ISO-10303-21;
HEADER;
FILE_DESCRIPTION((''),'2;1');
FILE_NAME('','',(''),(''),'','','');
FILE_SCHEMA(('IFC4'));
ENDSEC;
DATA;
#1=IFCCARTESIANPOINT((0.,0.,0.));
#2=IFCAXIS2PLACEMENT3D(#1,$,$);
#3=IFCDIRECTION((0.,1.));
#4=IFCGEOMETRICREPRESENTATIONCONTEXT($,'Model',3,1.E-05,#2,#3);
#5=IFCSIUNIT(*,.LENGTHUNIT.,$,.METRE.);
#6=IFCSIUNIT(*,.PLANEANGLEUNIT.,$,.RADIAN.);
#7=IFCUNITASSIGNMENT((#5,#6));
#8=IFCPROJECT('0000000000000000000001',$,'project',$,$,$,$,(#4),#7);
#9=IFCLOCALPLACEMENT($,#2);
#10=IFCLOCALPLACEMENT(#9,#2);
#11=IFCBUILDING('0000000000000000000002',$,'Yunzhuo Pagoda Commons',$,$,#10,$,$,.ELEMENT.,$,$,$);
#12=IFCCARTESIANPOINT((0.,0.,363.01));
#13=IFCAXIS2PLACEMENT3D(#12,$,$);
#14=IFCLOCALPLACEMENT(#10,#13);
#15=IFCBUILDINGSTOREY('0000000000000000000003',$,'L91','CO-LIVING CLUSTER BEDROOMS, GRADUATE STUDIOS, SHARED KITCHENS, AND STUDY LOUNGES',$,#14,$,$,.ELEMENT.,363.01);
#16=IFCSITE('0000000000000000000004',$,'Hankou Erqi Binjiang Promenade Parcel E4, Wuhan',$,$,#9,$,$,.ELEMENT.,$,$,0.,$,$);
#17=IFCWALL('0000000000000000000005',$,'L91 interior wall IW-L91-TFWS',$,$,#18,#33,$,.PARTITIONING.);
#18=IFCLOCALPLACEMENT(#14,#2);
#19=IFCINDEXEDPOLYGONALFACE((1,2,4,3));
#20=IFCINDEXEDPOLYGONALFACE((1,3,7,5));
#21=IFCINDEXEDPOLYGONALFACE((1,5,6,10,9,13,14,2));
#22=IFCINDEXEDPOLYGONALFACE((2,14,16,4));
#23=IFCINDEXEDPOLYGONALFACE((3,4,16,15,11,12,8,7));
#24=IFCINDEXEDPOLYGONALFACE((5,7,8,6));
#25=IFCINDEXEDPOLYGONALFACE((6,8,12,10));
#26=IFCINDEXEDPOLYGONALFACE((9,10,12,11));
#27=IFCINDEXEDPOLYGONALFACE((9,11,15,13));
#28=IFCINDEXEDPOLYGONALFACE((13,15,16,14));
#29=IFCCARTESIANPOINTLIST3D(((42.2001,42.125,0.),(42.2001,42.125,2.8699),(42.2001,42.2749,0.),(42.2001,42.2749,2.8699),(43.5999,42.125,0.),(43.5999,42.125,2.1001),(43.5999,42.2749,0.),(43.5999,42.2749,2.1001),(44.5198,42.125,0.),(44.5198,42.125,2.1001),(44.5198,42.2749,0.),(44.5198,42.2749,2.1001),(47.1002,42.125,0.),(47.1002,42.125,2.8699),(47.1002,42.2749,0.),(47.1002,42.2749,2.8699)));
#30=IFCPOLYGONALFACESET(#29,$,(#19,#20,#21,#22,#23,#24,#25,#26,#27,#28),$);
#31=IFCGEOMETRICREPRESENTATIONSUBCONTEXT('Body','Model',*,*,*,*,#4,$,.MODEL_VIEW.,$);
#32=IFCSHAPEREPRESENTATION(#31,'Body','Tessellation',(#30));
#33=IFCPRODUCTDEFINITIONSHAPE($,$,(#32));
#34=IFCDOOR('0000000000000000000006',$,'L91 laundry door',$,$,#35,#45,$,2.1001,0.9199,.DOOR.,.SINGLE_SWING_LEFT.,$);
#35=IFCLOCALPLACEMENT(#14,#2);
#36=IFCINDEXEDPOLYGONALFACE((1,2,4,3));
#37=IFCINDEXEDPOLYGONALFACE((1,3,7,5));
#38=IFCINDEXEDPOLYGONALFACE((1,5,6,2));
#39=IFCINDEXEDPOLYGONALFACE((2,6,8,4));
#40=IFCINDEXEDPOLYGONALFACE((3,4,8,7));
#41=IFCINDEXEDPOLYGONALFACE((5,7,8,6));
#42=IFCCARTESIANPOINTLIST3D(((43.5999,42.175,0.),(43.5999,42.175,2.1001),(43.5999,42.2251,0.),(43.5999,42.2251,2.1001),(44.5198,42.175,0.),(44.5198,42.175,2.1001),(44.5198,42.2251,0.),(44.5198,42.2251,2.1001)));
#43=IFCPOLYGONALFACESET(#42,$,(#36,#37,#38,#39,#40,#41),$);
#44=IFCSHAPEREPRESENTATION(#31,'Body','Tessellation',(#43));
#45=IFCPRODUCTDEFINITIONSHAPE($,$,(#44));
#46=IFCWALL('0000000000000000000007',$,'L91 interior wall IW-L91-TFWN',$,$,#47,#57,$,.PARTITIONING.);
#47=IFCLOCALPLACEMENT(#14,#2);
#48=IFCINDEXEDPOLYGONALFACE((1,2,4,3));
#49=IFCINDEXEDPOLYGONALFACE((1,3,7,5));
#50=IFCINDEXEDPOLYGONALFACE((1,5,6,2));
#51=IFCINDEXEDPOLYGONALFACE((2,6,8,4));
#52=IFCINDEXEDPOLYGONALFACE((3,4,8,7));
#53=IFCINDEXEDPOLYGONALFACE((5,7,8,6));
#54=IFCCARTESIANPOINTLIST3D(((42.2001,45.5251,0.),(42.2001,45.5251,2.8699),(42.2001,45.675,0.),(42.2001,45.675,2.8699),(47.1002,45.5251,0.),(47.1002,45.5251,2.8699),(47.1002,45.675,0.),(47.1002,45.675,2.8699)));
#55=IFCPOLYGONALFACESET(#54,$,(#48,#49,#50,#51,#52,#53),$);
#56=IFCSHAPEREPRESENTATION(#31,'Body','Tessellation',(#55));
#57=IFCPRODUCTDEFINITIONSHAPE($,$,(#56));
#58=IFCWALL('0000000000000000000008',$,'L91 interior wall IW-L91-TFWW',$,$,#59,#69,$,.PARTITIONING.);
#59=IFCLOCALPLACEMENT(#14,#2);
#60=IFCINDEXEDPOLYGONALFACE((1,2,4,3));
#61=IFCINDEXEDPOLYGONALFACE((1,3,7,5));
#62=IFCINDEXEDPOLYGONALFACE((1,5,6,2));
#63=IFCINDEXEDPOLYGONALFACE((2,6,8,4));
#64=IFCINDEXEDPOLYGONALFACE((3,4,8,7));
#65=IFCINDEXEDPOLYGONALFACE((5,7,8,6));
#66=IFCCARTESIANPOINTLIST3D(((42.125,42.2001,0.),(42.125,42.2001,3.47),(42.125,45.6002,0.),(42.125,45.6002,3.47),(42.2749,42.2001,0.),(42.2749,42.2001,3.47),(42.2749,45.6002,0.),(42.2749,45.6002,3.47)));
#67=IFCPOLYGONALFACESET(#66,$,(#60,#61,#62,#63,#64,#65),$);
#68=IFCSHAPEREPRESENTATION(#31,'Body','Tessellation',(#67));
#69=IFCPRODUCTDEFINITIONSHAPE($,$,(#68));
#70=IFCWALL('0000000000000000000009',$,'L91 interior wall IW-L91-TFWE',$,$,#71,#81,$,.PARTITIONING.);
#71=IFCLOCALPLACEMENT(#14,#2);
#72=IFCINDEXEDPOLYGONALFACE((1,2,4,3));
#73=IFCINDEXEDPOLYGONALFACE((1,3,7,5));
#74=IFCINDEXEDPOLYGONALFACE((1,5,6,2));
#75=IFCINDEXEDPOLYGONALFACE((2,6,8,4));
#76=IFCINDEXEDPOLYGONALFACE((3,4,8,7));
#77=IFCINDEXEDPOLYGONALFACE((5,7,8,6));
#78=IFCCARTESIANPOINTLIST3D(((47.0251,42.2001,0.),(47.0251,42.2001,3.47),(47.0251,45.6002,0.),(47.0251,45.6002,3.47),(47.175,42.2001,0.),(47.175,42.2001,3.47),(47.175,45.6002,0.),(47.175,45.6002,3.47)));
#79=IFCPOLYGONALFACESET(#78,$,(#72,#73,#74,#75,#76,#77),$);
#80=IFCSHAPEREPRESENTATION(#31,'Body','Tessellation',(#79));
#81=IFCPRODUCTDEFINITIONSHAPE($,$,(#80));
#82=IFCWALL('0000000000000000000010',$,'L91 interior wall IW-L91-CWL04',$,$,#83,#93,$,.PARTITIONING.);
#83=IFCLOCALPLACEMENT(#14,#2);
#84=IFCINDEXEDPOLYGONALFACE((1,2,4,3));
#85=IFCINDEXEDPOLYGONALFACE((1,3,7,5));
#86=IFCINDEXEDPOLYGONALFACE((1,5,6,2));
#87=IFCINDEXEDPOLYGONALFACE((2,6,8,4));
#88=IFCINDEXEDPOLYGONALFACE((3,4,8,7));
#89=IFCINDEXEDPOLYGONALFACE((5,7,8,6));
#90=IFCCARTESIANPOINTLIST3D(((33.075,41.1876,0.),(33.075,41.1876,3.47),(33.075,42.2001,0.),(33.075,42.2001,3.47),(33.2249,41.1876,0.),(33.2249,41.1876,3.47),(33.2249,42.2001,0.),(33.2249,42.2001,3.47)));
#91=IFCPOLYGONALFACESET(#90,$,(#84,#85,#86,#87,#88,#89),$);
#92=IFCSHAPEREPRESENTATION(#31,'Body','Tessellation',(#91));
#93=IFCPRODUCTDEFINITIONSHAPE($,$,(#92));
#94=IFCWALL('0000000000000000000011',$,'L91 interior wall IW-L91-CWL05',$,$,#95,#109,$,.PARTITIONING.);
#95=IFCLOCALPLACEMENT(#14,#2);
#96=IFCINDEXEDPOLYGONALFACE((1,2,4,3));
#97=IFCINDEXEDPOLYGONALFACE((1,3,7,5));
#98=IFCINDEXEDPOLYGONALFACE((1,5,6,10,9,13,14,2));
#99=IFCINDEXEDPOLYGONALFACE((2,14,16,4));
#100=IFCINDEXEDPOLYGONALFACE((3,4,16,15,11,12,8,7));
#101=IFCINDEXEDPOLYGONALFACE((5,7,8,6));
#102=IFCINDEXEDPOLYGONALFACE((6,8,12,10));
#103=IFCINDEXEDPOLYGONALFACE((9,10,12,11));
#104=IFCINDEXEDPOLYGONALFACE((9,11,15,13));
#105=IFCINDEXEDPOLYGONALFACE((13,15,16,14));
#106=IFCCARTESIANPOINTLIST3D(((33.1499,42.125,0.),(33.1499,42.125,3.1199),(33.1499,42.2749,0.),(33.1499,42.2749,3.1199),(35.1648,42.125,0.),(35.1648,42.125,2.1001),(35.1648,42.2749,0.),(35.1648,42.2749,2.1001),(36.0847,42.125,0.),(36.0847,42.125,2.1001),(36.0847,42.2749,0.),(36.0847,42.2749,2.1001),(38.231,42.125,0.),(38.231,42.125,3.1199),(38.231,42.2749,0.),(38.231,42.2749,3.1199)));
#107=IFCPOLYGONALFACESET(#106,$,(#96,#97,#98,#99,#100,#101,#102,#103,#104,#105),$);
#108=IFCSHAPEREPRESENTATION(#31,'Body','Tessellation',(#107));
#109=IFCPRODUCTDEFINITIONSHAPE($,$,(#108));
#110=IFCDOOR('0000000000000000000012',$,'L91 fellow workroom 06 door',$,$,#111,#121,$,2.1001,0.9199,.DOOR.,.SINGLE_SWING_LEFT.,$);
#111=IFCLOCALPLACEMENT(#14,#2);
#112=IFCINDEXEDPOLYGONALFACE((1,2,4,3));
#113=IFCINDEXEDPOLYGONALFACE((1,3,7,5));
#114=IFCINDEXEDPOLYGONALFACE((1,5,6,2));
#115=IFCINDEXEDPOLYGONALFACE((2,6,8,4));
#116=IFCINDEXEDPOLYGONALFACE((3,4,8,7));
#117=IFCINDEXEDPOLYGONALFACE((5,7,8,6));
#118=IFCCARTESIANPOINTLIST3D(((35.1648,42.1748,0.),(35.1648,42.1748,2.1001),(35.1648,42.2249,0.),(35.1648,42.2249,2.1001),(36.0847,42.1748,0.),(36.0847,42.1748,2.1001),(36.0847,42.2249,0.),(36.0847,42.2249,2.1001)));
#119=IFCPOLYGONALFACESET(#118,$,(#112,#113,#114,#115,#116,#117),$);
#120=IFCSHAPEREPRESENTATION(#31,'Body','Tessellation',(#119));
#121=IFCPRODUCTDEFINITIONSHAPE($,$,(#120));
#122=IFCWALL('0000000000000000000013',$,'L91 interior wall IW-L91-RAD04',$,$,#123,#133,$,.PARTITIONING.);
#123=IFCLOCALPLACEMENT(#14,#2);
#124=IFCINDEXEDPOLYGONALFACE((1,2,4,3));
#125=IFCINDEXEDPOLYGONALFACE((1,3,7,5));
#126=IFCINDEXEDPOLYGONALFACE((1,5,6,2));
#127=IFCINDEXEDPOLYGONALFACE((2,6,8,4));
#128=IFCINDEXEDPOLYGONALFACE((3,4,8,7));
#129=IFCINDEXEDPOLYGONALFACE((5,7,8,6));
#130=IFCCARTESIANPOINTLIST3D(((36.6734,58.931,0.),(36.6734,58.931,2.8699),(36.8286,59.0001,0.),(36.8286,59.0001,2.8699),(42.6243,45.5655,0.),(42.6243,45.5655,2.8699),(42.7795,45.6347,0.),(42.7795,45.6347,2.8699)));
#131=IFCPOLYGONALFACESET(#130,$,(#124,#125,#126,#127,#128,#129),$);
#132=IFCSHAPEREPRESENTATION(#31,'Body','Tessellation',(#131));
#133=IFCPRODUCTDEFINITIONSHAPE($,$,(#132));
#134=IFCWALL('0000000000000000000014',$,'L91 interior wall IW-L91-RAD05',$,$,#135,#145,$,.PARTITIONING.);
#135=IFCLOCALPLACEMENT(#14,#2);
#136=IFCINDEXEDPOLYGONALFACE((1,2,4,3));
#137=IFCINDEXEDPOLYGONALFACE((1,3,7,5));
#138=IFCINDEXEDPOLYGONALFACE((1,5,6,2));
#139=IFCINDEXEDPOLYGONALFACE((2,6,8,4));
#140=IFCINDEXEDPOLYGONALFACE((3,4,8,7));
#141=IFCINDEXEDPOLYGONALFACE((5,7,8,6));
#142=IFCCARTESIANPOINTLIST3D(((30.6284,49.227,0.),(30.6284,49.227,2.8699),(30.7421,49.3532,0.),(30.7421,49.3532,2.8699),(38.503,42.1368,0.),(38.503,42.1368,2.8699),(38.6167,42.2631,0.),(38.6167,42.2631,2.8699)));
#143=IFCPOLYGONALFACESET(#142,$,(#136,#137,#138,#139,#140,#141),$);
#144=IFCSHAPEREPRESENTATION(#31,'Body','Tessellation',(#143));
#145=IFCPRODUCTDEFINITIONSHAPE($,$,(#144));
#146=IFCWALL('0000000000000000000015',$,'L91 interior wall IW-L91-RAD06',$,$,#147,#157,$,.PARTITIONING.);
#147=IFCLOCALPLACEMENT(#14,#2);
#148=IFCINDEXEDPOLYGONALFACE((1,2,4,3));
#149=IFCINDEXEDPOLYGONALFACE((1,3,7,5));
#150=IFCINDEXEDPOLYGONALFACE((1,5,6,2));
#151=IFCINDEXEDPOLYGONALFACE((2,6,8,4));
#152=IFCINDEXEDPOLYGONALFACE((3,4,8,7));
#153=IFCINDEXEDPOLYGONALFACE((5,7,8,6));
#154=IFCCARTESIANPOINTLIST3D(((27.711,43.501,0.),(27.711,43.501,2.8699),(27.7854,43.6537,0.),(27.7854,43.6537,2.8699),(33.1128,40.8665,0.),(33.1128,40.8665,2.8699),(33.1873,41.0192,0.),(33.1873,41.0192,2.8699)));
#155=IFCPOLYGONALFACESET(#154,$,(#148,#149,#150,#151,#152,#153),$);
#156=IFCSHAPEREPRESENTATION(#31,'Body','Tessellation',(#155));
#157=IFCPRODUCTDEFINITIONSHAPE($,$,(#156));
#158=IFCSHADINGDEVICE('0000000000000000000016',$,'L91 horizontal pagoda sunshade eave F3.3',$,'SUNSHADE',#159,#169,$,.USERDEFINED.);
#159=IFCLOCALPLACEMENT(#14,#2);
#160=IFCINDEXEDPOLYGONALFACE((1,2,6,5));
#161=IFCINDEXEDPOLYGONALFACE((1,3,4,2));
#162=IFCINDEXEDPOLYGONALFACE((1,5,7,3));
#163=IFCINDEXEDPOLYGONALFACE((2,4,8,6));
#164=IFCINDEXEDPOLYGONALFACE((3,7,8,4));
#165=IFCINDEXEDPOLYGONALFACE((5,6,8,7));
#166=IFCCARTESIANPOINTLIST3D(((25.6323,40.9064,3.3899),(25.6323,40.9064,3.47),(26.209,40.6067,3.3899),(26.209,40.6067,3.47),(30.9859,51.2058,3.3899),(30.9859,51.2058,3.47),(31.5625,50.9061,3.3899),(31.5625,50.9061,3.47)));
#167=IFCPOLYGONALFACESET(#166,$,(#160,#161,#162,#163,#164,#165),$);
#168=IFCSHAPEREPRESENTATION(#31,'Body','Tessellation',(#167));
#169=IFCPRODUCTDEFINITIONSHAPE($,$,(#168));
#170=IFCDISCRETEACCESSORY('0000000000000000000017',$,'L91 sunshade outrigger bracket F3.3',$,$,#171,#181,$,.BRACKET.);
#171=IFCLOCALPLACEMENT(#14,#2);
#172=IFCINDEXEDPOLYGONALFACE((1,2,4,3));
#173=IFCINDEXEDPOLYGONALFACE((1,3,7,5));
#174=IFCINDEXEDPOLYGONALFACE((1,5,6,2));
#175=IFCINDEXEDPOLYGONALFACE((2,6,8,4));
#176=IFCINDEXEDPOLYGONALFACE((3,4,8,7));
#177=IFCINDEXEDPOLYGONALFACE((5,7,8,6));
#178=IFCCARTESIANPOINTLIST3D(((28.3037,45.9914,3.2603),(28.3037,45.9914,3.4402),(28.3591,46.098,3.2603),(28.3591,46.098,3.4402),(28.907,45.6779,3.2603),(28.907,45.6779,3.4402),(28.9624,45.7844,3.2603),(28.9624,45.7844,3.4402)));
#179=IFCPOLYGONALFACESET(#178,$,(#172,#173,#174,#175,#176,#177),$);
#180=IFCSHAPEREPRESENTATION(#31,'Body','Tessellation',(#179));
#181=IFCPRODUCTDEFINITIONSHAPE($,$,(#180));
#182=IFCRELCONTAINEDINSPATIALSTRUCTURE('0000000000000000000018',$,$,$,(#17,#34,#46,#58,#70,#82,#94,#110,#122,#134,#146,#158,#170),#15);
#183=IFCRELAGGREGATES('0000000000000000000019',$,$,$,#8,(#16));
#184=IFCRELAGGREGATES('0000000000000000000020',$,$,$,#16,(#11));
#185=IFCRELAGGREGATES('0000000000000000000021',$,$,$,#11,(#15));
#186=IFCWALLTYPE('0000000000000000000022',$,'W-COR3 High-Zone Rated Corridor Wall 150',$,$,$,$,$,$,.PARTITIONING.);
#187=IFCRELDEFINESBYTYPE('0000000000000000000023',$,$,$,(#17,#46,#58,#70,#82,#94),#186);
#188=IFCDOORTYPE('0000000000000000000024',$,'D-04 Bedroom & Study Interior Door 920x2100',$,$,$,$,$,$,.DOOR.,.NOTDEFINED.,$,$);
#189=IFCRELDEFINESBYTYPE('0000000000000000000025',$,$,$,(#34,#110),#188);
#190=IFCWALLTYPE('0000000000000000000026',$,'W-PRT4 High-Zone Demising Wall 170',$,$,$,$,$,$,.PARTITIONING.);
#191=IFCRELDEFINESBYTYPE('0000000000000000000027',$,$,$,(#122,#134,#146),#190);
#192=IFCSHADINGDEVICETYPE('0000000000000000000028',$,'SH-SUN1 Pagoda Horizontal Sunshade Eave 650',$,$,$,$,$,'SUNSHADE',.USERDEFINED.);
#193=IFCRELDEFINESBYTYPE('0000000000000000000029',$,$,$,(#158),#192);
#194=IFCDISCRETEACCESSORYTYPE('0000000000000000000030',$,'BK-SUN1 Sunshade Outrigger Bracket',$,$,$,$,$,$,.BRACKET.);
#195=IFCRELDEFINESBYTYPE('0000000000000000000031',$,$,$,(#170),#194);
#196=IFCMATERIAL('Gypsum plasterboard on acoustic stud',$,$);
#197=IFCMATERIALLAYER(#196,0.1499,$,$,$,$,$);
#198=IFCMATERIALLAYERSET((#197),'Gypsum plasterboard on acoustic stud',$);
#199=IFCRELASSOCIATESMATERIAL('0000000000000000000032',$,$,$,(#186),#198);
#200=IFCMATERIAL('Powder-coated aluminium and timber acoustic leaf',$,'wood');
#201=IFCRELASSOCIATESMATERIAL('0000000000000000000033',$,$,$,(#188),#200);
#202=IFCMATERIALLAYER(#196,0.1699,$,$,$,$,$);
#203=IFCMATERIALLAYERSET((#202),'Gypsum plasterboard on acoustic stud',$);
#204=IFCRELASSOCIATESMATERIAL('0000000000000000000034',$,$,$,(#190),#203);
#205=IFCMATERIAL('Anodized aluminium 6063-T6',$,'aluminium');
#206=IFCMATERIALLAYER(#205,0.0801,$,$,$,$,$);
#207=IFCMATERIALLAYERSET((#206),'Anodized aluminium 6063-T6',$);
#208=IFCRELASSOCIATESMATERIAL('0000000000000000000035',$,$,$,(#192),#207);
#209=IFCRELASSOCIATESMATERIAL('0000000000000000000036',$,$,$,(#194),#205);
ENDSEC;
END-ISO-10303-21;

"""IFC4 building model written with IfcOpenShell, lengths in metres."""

from ifc_helpers import new_model, si_unit, direction, frame, frame_2d, origin, origin_with_axes, origin_2d, place, context, subcontext, project, spatial, rectangle, extrude, source, transform, mapped, material, layer, layer_set, type_object, element, fill, save


model = new_model("IFC4")

# Units and contexts
model_context = context("Model", 3, precision=1e-05, world=origin(), true_north=direction((0.0, 1.0)))
body_context = subcontext(model_context, "Body", "Model", "MODEL_VIEW")
ifc_project = project(units=[si_unit("LENGTHUNIT", "METRE"), si_unit("PLANEANGLEUNIT", "RADIAN")], contexts=[model_context])

# Site, building, storey
site_placement = place(None, origin())
site = spatial("IfcSite", under=ifc_project, at=site_placement, Name="Hankou Erqi Binjiang Promenade Parcel E4, Wuhan", CompositionType="ELEMENT", RefElevation=0.0)
building_placement = place(site_placement, origin())
building = spatial("IfcBuilding", under=site, at=building_placement, Name="Yunzhuo Pagoda Commons", CompositionType="ELEMENT")
storey_placement = place(building_placement, frame((0.0, 0.0, 363.01)))
storey = spatial("IfcBuildingStorey", under=building, at=storey_placement, Name="L91", Description="CO-LIVING CLUSTER BEDROOMS, GRADUATE STUDIOS, SHARED KITCHENS, AND STUDY LOUNGES", CompositionType="ELEMENT", Elevation=363.01)

# Shared definitions
ifc_material_1 = material(Name="Anodized aluminium 6063-T6", Category="aluminium")

# Wall, opening, door
ifc_material_2 = material(Name="Gypsum plasterboard on acoustic stud")
ifc_layer_1 = layer(ifc_material_2, 0.1499)
ifc_layer_set_1 = layer_set([ifc_layer_1], Name="Gypsum plasterboard on acoustic stud")
wall_type_1 = type_object("IfcWallType", Name="W-COR3 High-Zone Rated Corridor Wall 150", PredefinedType="PARTITIONING", material=ifc_layer_set_1)
wall_1_placement = place(storey_placement, frame((42.2, 42.2, 0.0), z_axis=(0.0, 0.0, 1.0), x_axis=(1.0, 0.0, 0.0)))
wall_1 = element("IfcWall", 1, at=wall_1_placement, inside=storey, type_object=wall_type_1, Name="L91 interior wall IW-L91-TFWS", PredefinedType="PARTITIONING", context=body_context, shape_type="SweptSolid", body=[
    extrude(rectangle(XDim=4.9001, YDim=0.1499, at=frame_2d((2.4502, 0.0))), origin(), (0.0, 0.0, 1.0), 2.8699),
])
opening_1_placement = place(wall_1_placement, frame((1.3999, 0.0, 0.0)))
opening_1 = element("IfcOpeningElement", 2, at=opening_1_placement, cuts=wall_1, PredefinedType="OPENING", context=body_context, shape_type="SweptSolid", body=[
    extrude(rectangle(XDim=0.9199, YDim=2.1001, at=frame_2d((0.46, 1.05))), frame((0.0, 0.085, 0.0), z_axis=(0.0, -1.0, 0.0), x_axis=(1.0, 0.0, 0.0)), (0.0, 0.0, 1.0), 0.1699),
])
ifc_material_3 = material(Name="Powder-coated aluminium and timber acoustic leaf", Category="wood")
door_type_1 = type_object("IfcDoorType", Name="D-04 Bedroom & Study Interior Door 920x2100", OperationType="NOTDEFINED", PredefinedType="DOOR", material=ifc_material_3)
shared_shape_1 = source(origin(), body_context, "Body", "SweptSolid", [
    extrude(rectangle(XDim=0.9199, YDim=2.1001, at=frame_2d((0.46, 1.05))), frame((0.0, 0.0249, 0.0), z_axis=(0.0, -1.0, 0.0), x_axis=(1.0, 0.0, 0.0)), (0.0, 0.0, 1.0), 0.05),
])
door_1_placement = place(opening_1_placement, frame((0.9199, 0.0, 0.0), z_axis=(0.0, 0.0, 1.0), x_axis=(-1.0, 0.0, 0.0)))
door_1 = element("IfcDoor", 3, at=door_1_placement, inside=storey, type_object=door_type_1, Name="L91 laundry door", OperationType="SINGLE_SWING_LEFT", OverallHeight=2.1001, OverallWidth=0.9199, PredefinedType="DOOR", context=body_context, shape_type="MappedRepresentation", body=[
    mapped(shared_shape_1, transform((0.0, 0.0, 0.0), scale=1.0)),
])
fill(opening_1, door_1)

# Walls
wall_2_placement = place(storey_placement, frame((42.2, 45.6001, 0.0), z_axis=(0.0, 0.0, 1.0), x_axis=(1.0, 0.0, 0.0)))
element("IfcWall", 4, at=wall_2_placement, inside=storey, type_object=wall_type_1, Name="L91 interior wall IW-L91-TFWN", PredefinedType="PARTITIONING", context=body_context, shape_type="SweptSolid", body=[
    extrude(rectangle(XDim=4.9001, YDim=0.1499, at=frame_2d((2.4502, 0.0))), origin(), (0.0, 0.0, 1.0), 2.8699),
])
for number, where, z_axis, x_axis, name in (
    (5, (42.2, 42.2, 0.0), (0.0, 0.0, 1.0), (0.0, 1.0, 0.0), "L91 interior wall IW-L91-TFWW"),
    (6, (47.1001, 42.2, 0.0), (0.0, 0.0, 1.0), (0.0, 1.0, 0.0), "L91 interior wall IW-L91-TFWE"),
):
    element("IfcWall", number, at=place(storey_placement, frame(where, z_axis=z_axis, x_axis=x_axis)), inside=storey, type_object=wall_type_1, Name=name, PredefinedType="PARTITIONING", context=body_context, shape_type="SweptSolid", body=[
        extrude(rectangle(XDim=3.4001, YDim=0.1499, at=frame_2d((1.7002, 0.0))), origin(), (0.0, 0.0, 1.0), 3.47),
    ])
wall_3_placement = place(storey_placement, frame((33.1499, 41.1875, 0.0), z_axis=(0.0, 0.0, 1.0), x_axis=(0.0, 1.0, 0.0)))
element("IfcWall", 7, at=wall_3_placement, inside=storey, type_object=wall_type_1, Name="L91 interior wall IW-L91-CWL04", PredefinedType="PARTITIONING", context=body_context, shape_type="SweptSolid", body=[
    extrude(rectangle(XDim=1.0125, YDim=0.1499, at=frame_2d((0.5063, 0.0))), origin(), (0.0, 0.0, 1.0), 3.47),
])

# Wall, opening, door
wall_4_placement = place(storey_placement, frame((33.1499, 42.2, 0.0), z_axis=(0.0, 0.0, 1.0), x_axis=(1.0, 0.0, 0.0)))
wall_4 = element("IfcWall", 8, at=wall_4_placement, inside=storey, type_object=wall_type_1, Name="L91 interior wall IW-L91-CWL05", PredefinedType="PARTITIONING", context=body_context, shape_type="SweptSolid", body=[
    extrude(rectangle(XDim=5.0811, YDim=0.1499, at=frame_2d((2.5405, 0.0))), origin(), (0.0, 0.0, 1.0), 3.1199),
])
opening_2_placement = place(wall_4_placement, frame((2.0149, 0.0, 0.0)))
opening_2 = element("IfcOpeningElement", 9, at=opening_2_placement, cuts=wall_4, PredefinedType="OPENING", context=body_context, shape_type="SweptSolid", body=[
    extrude(rectangle(XDim=0.9199, YDim=2.1001, at=frame_2d((0.46, 1.05))), frame((0.0, 0.085, 0.0), z_axis=(0.0, -1.0, 0.0), x_axis=(1.0, 0.0, 0.0)), (0.0, 0.0, 1.0), 0.1699),
])
door_2_placement = place(opening_2_placement, origin_with_axes())
door_2 = element("IfcDoor", 10, at=door_2_placement, inside=storey, type_object=door_type_1, Name="L91 fellow workroom 06 door", OperationType="SINGLE_SWING_LEFT", OverallHeight=2.1001, OverallWidth=0.9199, PredefinedType="DOOR", context=body_context, shape_type="MappedRepresentation", body=[
    mapped(shared_shape_1, transform((0.0, 0.0, 0.0), scale=1.0)),
])
fill(opening_2, door_2)

# Walls
ifc_layer_2 = layer(ifc_material_2, 0.1699)
ifc_layer_set_2 = layer_set([ifc_layer_2], Name="Gypsum plasterboard on acoustic stud")
wall_type_2 = type_object("IfcWallType", Name="W-PRT4 High-Zone Demising Wall 170", PredefinedType="PARTITIONING", material=ifc_layer_set_2)
wall_5_placement = place(storey_placement, frame((42.7019, 45.6001, 0.0), z_axis=(0.0, 0.0, 1.0), x_axis=(-0.40675, 0.91354, 0.0)))
element("IfcWall", 11, at=wall_5_placement, inside=storey, type_object=wall_type_2, Name="L91 interior wall IW-L91-RAD04", PredefinedType="PARTITIONING", context=body_context, shape_type="SweptSolid", body=[
    extrude(rectangle(XDim=14.6304, YDim=0.1699, at=frame_2d((7.3152, 0.0))), origin(), (0.0, 0.0, 1.0), 2.8699),
])
wall_6_placement = place(storey_placement, frame((38.5598, 42.2, 0.0), z_axis=(0.0, 0.0, 1.0), x_axis=(-0.743152, 0.669123, 0.0)))
element("IfcWall", 12, at=wall_6_placement, inside=storey, type_object=wall_type_2, Name="L91 interior wall IW-L91-RAD05", PredefinedType="PARTITIONING", context=body_context, shape_type="SweptSolid", body=[
    extrude(rectangle(XDim=10.5962, YDim=0.1699, at=frame_2d((5.2981, 0.0))), origin(), (0.0, 0.0, 1.0), 2.8699),
])
wall_7_placement = place(storey_placement, frame((33.1499, 40.9429, 0.0), z_axis=(0.0, 0.0, 1.0), x_axis=(-0.898803, 0.438352, 0.0)))
element("IfcWall", 13, at=wall_7_placement, inside=storey, type_object=wall_type_2, Name="L91 interior wall IW-L91-RAD06", PredefinedType="PARTITIONING", context=body_context, shape_type="SweptSolid", body=[
    extrude(rectangle(XDim=6.01, YDim=0.1699, at=frame_2d((3.0049, 0.0))), origin(), (0.0, 0.0, 1.0), 2.8699),
])

# Shading device
ifc_layer_3 = layer(ifc_material_1, 0.0801)
ifc_layer_set_3 = layer_set([ifc_layer_3], Name="Anodized aluminium 6063-T6")
shading_device_type = type_object("IfcShadingDeviceType", Name="SH-SUN1 Pagoda Horizontal Sunshade Eave 650", ElementType="SUNSHADE", PredefinedType="USERDEFINED", material=ifc_layer_set_3)
shared_shape_2 = source(origin(), body_context, "Body", "SweptSolid", [
    extrude(rectangle(XDim=11.6077, YDim=0.6499, at=origin_2d()), origin(), (0.0, 0.0, 1.0), 0.0801),
])
shading_device_placement = place(storey_placement, frame((28.5974, 45.9062, 3.3899), z_axis=(0.0, 0.0, 1.0), x_axis=(-0.461207, -0.887293, 0.0)))
element("IfcShadingDevice", 14, at=shading_device_placement, inside=storey, type_object=shading_device_type, Name="L91 horizontal pagoda sunshade eave F3.3", ObjectType="SUNSHADE", PredefinedType="USERDEFINED", context=body_context, shape_type="MappedRepresentation", body=[
    mapped(shared_shape_2, transform((0.0, 0.0, 0.0), scale=1.0)),
])

# Discrete accessory
discrete_accessory_type = type_object("IfcDiscreteAccessoryType", Name="BK-SUN1 Sunshade Outrigger Bracket", PredefinedType="BRACKET", material=ifc_material_1)
shared_shape_3 = source(origin(), body_context, "Body", "SweptSolid", [
    extrude(rectangle(XDim=0.1201, YDim=0.6799, at=origin_2d()), origin(), (0.0, 0.0, 1.0), 0.1799),
])
discrete_accessory_placement = place(storey_placement, frame((28.6331, 45.8879, 3.2603), z_axis=(0.0, 0.0, 1.0), x_axis=(-0.461207, -0.887293, 0.0)))
element("IfcDiscreteAccessory", 15, at=discrete_accessory_placement, inside=storey, type_object=discrete_accessory_type, Name="L91 sunshade outrigger bracket F3.3", PredefinedType="BRACKET", context=body_context, shape_type="MappedRepresentation", body=[
    mapped(shared_shape_3, transform((0.0, 0.0, 0.0), scale=1.0)),
])

save(model, "model.ifc")
